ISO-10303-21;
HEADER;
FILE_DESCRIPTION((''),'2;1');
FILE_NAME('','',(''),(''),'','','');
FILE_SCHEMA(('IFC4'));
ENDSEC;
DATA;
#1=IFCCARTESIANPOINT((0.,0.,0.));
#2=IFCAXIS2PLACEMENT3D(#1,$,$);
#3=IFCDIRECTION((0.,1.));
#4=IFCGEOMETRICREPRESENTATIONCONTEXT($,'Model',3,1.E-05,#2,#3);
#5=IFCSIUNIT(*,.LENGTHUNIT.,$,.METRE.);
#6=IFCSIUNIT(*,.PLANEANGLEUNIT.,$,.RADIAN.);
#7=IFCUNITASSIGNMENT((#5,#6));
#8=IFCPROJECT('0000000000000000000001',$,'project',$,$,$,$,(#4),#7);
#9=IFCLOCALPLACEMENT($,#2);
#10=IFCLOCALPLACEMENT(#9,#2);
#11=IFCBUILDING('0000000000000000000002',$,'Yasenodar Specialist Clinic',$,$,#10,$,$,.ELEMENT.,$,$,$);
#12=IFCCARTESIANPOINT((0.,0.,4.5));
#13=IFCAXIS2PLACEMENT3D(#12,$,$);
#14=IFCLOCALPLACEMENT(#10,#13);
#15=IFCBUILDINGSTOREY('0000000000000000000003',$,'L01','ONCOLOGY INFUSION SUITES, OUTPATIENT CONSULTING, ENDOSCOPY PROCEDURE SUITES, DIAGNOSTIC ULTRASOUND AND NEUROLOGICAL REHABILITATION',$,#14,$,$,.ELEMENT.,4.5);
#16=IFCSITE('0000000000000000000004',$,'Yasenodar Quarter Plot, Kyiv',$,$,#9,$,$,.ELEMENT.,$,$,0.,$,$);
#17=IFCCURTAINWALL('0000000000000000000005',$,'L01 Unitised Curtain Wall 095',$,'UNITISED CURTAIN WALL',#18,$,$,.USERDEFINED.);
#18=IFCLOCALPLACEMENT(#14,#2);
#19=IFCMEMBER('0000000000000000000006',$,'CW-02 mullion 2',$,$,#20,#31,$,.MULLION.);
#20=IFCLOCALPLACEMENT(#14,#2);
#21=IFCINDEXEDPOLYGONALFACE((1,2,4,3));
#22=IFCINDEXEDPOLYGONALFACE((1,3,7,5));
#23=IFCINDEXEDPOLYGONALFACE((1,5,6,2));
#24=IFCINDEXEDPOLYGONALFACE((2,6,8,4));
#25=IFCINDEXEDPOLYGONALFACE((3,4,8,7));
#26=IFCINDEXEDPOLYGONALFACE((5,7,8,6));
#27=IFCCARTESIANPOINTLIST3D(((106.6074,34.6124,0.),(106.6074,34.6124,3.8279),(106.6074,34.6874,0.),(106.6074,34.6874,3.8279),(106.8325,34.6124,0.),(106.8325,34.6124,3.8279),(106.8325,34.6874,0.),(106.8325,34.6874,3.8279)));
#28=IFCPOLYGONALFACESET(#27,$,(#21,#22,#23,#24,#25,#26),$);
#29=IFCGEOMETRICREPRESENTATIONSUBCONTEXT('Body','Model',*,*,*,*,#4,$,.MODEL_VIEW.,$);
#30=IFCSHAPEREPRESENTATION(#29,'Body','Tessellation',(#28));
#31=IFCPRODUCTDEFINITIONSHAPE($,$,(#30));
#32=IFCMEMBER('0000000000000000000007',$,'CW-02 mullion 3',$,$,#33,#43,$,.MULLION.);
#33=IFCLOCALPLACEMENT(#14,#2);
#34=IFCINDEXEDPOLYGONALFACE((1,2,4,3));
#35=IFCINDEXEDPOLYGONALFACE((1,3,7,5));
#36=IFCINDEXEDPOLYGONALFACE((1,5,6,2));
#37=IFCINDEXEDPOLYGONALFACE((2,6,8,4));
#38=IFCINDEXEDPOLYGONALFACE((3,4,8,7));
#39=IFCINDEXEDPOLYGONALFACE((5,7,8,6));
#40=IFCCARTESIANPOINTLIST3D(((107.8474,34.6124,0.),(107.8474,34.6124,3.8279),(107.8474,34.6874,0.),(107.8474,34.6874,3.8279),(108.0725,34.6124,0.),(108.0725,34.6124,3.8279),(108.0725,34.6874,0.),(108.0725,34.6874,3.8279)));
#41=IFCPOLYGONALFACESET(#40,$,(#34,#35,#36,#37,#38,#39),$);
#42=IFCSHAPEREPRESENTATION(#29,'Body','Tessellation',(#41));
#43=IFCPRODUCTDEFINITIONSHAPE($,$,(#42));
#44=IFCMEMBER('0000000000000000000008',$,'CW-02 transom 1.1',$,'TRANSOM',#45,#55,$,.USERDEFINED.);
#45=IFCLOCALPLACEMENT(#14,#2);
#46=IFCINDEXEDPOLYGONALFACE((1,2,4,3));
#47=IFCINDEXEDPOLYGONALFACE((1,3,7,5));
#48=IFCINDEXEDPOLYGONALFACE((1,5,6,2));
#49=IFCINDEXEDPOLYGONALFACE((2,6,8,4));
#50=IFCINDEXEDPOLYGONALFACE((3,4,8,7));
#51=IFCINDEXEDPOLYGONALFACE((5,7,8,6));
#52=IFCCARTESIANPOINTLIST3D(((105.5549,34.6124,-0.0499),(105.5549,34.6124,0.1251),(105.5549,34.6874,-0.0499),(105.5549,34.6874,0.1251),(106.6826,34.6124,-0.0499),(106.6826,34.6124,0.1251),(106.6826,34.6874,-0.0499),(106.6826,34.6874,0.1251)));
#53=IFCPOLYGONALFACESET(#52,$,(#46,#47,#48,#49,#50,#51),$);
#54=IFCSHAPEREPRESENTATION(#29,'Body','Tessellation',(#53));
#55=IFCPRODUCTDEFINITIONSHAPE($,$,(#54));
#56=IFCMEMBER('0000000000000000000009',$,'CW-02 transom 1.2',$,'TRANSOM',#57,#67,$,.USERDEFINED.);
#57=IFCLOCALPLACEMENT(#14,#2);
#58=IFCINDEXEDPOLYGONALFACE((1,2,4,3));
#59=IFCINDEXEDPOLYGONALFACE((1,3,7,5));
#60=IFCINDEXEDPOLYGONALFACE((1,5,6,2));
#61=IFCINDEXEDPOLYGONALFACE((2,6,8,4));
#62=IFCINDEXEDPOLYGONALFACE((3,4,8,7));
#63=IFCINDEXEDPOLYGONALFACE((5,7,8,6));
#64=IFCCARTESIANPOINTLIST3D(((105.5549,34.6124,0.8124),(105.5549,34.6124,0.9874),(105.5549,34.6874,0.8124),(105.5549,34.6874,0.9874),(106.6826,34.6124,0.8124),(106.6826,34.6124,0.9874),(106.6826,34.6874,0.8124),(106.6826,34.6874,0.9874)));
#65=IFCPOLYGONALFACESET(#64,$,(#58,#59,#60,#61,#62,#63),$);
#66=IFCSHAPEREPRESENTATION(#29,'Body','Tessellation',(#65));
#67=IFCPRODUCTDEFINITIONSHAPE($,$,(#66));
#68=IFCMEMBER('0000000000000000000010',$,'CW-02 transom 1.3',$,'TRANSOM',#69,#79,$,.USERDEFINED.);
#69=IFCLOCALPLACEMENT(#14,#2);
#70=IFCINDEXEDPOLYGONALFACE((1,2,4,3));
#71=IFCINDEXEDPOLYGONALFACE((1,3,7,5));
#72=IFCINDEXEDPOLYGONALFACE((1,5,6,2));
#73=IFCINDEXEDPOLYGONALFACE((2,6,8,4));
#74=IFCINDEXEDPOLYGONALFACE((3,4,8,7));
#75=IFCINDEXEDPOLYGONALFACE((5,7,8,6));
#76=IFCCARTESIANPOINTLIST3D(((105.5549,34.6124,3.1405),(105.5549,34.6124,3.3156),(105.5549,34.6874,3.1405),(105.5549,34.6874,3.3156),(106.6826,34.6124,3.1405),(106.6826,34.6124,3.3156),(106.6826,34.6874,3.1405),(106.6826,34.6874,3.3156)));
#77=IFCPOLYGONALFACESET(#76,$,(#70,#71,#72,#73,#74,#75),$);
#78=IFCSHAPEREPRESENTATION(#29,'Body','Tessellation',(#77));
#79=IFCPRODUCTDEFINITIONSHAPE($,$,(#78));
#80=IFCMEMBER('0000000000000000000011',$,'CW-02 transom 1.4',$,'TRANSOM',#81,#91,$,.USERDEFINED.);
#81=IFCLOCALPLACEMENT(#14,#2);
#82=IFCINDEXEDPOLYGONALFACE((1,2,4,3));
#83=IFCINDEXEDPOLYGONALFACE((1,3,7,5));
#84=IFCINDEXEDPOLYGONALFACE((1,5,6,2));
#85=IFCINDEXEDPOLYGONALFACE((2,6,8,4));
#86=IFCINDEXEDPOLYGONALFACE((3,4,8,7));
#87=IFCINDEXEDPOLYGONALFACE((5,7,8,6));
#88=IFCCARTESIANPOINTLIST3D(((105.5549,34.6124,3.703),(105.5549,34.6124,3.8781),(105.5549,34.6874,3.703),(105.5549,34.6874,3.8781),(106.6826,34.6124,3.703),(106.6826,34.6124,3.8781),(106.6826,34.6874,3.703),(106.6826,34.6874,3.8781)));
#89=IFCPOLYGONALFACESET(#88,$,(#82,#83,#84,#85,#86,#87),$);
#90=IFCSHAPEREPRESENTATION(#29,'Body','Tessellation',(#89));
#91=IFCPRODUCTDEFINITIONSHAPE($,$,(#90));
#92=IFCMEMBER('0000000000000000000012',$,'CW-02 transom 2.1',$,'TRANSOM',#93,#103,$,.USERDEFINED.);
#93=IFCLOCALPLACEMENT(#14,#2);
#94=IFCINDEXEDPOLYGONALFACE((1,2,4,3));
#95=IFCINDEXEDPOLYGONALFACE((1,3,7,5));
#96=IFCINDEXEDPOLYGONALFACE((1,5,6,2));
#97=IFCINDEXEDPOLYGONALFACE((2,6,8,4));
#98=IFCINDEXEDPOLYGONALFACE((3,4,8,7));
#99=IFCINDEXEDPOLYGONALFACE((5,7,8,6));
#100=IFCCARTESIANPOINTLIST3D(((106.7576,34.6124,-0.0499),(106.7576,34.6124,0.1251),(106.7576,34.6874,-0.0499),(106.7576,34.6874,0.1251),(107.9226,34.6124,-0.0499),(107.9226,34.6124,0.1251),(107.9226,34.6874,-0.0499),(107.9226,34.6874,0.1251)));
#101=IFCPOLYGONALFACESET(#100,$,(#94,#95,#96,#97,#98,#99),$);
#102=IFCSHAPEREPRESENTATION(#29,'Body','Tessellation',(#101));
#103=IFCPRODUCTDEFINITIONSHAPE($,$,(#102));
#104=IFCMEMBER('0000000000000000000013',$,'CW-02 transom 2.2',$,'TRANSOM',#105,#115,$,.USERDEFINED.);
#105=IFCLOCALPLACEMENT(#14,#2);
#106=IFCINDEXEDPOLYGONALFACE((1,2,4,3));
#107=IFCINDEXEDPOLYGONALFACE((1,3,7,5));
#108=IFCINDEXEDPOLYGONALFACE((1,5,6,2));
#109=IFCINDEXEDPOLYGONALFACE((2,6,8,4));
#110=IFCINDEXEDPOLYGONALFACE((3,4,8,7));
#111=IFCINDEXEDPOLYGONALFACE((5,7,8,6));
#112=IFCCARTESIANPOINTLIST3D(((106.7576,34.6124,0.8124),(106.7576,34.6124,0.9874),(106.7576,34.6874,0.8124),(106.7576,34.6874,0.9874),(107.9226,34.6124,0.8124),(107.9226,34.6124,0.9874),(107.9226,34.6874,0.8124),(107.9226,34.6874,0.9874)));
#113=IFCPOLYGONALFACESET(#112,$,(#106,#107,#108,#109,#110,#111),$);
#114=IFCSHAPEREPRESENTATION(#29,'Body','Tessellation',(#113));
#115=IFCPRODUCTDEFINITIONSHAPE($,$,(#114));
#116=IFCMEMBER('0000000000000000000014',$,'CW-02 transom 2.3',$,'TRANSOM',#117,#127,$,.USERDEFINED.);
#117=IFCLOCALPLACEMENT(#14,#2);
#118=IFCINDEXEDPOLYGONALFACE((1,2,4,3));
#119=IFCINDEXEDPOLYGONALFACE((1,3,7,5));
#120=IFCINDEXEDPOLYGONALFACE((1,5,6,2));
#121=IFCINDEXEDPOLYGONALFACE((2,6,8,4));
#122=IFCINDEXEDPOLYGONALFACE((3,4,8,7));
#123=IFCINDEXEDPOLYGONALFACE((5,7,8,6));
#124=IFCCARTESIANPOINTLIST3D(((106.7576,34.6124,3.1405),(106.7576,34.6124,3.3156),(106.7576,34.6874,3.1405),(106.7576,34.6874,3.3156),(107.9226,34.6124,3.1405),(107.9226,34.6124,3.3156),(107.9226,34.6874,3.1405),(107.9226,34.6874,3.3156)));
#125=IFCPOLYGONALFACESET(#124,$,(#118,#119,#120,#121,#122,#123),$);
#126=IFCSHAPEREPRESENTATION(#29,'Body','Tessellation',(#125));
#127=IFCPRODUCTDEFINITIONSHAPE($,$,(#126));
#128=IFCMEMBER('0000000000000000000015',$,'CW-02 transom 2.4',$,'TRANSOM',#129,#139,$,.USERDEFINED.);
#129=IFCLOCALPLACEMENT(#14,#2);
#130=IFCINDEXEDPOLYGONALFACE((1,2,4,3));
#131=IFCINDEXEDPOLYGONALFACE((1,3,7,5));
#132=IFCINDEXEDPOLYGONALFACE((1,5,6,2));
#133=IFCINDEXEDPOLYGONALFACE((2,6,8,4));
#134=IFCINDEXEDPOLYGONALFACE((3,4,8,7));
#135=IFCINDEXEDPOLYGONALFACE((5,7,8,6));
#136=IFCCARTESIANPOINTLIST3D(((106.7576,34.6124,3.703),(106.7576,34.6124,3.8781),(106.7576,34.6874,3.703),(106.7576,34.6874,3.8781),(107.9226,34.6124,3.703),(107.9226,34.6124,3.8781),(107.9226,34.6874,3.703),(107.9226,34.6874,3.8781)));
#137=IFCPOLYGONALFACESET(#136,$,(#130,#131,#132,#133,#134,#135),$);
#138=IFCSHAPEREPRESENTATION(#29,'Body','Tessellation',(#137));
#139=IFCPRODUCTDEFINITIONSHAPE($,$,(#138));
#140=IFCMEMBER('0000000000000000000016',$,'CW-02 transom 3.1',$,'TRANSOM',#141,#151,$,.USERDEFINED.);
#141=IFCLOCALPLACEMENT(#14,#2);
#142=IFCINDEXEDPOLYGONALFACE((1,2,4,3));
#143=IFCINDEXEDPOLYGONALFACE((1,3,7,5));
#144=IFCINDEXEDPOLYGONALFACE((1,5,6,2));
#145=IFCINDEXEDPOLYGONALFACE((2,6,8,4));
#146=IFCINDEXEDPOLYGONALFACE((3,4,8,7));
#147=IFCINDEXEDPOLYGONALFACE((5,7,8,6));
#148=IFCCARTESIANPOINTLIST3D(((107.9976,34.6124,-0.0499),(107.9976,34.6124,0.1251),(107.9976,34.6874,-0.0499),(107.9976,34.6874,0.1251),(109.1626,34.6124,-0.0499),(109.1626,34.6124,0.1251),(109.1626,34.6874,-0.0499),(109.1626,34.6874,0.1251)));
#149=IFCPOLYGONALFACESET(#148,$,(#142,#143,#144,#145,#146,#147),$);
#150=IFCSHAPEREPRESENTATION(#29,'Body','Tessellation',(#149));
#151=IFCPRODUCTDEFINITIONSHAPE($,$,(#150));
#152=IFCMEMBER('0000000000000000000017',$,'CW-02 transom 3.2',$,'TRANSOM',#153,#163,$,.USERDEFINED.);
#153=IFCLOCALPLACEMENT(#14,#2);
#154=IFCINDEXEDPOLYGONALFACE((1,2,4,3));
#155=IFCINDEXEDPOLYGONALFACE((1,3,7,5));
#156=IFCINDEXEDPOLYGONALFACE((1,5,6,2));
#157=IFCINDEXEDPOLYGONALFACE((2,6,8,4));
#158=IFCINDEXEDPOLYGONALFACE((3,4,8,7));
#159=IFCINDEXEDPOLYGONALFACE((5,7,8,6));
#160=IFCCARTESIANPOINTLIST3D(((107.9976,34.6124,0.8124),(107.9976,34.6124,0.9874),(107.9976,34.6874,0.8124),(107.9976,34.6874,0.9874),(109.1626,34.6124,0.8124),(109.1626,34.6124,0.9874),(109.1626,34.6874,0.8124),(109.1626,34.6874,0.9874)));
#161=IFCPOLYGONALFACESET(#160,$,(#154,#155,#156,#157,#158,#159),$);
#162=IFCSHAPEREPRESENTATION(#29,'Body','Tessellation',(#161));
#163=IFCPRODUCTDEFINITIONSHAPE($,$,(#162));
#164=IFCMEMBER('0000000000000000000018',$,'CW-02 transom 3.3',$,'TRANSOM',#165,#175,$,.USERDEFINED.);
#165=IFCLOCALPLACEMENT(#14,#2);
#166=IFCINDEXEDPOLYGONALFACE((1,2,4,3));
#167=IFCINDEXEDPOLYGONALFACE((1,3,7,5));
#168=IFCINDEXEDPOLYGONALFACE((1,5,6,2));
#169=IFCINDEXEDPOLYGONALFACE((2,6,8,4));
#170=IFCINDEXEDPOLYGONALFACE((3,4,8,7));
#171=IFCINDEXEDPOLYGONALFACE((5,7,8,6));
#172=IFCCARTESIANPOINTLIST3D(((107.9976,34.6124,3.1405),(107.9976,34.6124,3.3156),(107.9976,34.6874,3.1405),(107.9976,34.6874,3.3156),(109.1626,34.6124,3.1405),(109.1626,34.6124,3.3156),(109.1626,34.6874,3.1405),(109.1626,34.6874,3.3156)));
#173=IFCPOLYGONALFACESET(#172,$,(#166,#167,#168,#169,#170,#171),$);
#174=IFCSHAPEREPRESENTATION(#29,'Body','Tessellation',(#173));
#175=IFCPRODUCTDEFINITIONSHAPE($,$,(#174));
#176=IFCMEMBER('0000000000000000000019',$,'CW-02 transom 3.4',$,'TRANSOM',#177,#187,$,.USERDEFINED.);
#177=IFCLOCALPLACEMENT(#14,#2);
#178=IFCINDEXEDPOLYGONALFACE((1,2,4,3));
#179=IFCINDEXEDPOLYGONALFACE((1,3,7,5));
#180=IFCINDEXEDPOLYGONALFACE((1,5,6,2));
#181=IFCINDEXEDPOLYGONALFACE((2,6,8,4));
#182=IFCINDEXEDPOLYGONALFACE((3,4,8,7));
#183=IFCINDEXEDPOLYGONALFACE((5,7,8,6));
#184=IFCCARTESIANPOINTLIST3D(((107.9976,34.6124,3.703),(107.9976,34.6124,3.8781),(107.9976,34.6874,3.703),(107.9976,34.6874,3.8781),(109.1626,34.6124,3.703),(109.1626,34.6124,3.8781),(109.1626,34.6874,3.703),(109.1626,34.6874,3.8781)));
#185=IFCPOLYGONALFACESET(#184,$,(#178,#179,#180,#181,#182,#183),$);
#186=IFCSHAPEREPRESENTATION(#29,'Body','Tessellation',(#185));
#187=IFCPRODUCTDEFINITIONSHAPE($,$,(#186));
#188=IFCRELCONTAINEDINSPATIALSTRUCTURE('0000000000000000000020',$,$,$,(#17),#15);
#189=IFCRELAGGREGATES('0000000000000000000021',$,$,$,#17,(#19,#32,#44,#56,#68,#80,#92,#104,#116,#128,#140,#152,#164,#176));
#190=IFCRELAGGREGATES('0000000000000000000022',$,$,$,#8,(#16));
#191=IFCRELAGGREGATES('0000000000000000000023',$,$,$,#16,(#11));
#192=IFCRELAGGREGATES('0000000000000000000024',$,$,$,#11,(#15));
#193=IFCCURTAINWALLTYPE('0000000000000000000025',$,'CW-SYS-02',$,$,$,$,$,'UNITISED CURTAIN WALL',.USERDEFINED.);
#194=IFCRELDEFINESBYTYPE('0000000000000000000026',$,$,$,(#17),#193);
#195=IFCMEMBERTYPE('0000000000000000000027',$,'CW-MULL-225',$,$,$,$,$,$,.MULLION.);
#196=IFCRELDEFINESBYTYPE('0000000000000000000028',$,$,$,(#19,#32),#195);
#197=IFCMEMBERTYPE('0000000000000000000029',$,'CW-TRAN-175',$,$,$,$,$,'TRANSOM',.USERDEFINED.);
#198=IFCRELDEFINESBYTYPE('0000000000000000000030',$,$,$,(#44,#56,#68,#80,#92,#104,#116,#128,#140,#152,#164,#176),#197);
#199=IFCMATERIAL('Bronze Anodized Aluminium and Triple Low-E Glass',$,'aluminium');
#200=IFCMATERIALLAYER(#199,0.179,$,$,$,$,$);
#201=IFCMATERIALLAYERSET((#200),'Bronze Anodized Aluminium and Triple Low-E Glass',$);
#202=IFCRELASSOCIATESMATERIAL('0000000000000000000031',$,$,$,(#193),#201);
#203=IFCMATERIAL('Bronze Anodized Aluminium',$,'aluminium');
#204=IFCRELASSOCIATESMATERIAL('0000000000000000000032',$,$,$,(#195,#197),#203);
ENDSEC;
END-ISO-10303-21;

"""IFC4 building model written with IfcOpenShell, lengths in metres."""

from ifc_helpers import new_model, si_unit, direction, frame, origin, origin_2d, place, context, subcontext, project, spatial, rectangle, extrude, material, layer, layer_set, material_profile, profile_set, type_object, element, aggregate, save


model = new_model("IFC4")

# Units and contexts
model_context = context("Model", 3, precision=1e-05, world=origin(), true_north=direction((0.0, 1.0)))
body_context = subcontext(model_context, "Body", "Model", "MODEL_VIEW")
ifc_project = project(units=[si_unit("LENGTHUNIT", "METRE"), si_unit("PLANEANGLEUNIT", "RADIAN")], contexts=[model_context])

# Site, building, storey
site_placement = place(None, origin())
site = spatial("IfcSite", under=ifc_project, at=site_placement, Name="Yasenodar Quarter Plot, Kyiv", CompositionType="ELEMENT", RefElevation=0.0)
building_placement = place(site_placement, origin())
building = spatial("IfcBuilding", under=site, at=building_placement, Name="Yasenodar Specialist Clinic", CompositionType="ELEMENT")
storey_placement = place(building_placement, frame((0.0, 0.0, 4.5)))
storey = spatial("IfcBuildingStorey", under=building, at=storey_placement, Name="L01", Description="ONCOLOGY INFUSION SUITES, OUTPATIENT CONSULTING, ENDOSCOPY PROCEDURE SUITES, DIAGNOSTIC ULTRASOUND AND NEUROLOGICAL REHABILITATION", CompositionType="ELEMENT", Elevation=4.5)

# Curtain wall, members
ifc_material_1 = material(Name="Bronze Anodized Aluminium and Triple Low-E Glass", Category="aluminium")
ifc_layer_1 = layer(ifc_material_1, 0.179)
ifc_layer_set_1 = layer_set([ifc_layer_1], Name="Bronze Anodized Aluminium and Triple Low-E Glass")
curtain_wall_type = type_object("IfcCurtainWallType", Name="CW-SYS-02", ElementType="UNITISED CURTAIN WALL", PredefinedType="USERDEFINED", material=ifc_layer_set_1)
curtain_wall_placement = place(storey_placement, origin())
curtain_wall = element("IfcCurtainWall", 1, at=curtain_wall_placement, inside=storey, type_object=curtain_wall_type, Name="L01 Unitised Curtain Wall 095", ObjectType="UNITISED CURTAIN WALL", PredefinedType="USERDEFINED")
ifc_material_2 = material(Name="Bronze Anodized Aluminium", Category="aluminium")
ifc_material_profile_1 = material_profile(ifc_material_2, rectangle(XDim=0.075, YDim=0.2251, at=origin_2d()), Name="CW-MULL 75x225")
ifc_profile_set_1 = profile_set([ifc_material_profile_1], Name="Bronze Anodized Aluminium")
member_type_1 = type_object("IfcMemberType", Name="CW-MULL-225", PredefinedType="MULLION", material=ifc_profile_set_1)
member_1_placement = place(storey_placement, frame((106.72, 34.6499, 0.0), z_axis=(0.0, 0.0, 1.0), x_axis=(0.0, 1.0, 0.0)))
member_1 = element("IfcMember", 2, at=member_1_placement, type_object=member_type_1, Name="CW-02 mullion 2", PredefinedType="MULLION", context=body_context, shape_type="SweptSolid", body=[
    extrude(rectangle(XDim=0.075, YDim=0.2251, at=origin_2d()), origin(), (0.0, 0.0, 1.0), 3.8279),
])
member_2_placement = place(storey_placement, frame((107.96, 34.6499, 0.0), z_axis=(0.0, 0.0, 1.0), x_axis=(0.0, 1.0, 0.0)))
member_2 = element("IfcMember", 3, at=member_2_placement, type_object=member_type_1, Name="CW-02 mullion 3", PredefinedType="MULLION", context=body_context, shape_type="SweptSolid", body=[
    extrude(rectangle(XDim=0.075, YDim=0.2251, at=origin_2d()), origin(), (0.0, 0.0, 1.0), 3.8279),
])
ifc_material_profile_2 = material_profile(ifc_material_2, rectangle(XDim=0.075, YDim=0.175, at=origin_2d()), Name="CW-TRAN 75x175")
ifc_profile_set_2 = profile_set([ifc_material_profile_2], Name="Bronze Anodized Aluminium")
member_type_2 = type_object("IfcMemberType", Name="CW-TRAN-175", ElementType="TRANSOM", PredefinedType="USERDEFINED", material=ifc_profile_set_2)
member_3_placement = place(storey_placement, frame((105.5549, 34.6499, 0.0376), z_axis=(1.0, 0.0, 0.0), x_axis=(0.0, 1.0, 0.0)))
member_3 = element("IfcMember", 4, at=member_3_placement, type_object=member_type_2, Name="CW-02 transom 1.1", ObjectType="TRANSOM", PredefinedType="USERDEFINED", context=body_context, shape_type="SweptSolid", body=[
    extrude(rectangle(XDim=0.075, YDim=0.175, at=origin_2d()), origin(), (0.0, 0.0, 1.0), 1.1277),
])
member_4_placement = place(storey_placement, frame((105.5549, 34.6499, 0.8999), z_axis=(1.0, 0.0, 0.0), x_axis=(0.0, 1.0, 0.0)))
member_4 = element("IfcMember", 5, at=member_4_placement, type_object=member_type_2, Name="CW-02 transom 1.2", ObjectType="TRANSOM", PredefinedType="USERDEFINED", context=body_context, shape_type="SweptSolid", body=[
    extrude(rectangle(XDim=0.075, YDim=0.175, at=origin_2d()), origin(), (0.0, 0.0, 1.0), 1.1277),
])
member_5_placement = place(storey_placement, frame((105.5549, 34.6499, 3.228), z_axis=(1.0, 0.0, 0.0), x_axis=(0.0, 1.0, 0.0)))
member_5 = element("IfcMember", 6, at=member_5_placement, type_object=member_type_2, Name="CW-02 transom 1.3", ObjectType="TRANSOM", PredefinedType="USERDEFINED", context=body_context, shape_type="SweptSolid", body=[
    extrude(rectangle(XDim=0.075, YDim=0.175, at=origin_2d()), origin(), (0.0, 0.0, 1.0), 1.1277),
])
member_6_placement = place(storey_placement, frame((105.5549, 34.6499, 3.7905), z_axis=(1.0, 0.0, 0.0), x_axis=(0.0, 1.0, 0.0)))
member_6 = element("IfcMember", 7, at=member_6_placement, type_object=member_type_2, Name="CW-02 transom 1.4", ObjectType="TRANSOM", PredefinedType="USERDEFINED", context=body_context, shape_type="SweptSolid", body=[
    extrude(rectangle(XDim=0.075, YDim=0.175, at=origin_2d()), origin(), (0.0, 0.0, 1.0), 1.1277),
])
member_7_placement = place(storey_placement, frame((106.7576, 34.6499, 0.0376), z_axis=(1.0, 0.0, 0.0), x_axis=(0.0, 1.0, 0.0)))
member_7 = element("IfcMember", 8, at=member_7_placement, type_object=member_type_2, Name="CW-02 transom 2.1", ObjectType="TRANSOM", PredefinedType="USERDEFINED", context=body_context, shape_type="SweptSolid", body=[
    extrude(rectangle(XDim=0.075, YDim=0.175, at=origin_2d()), origin(), (0.0, 0.0, 1.0), 1.165),
])
member_8_placement = place(storey_placement, frame((106.7576, 34.6499, 0.8999), z_axis=(1.0, 0.0, 0.0), x_axis=(0.0, 1.0, 0.0)))
member_8 = element("IfcMember", 9, at=member_8_placement, type_object=member_type_2, Name="CW-02 transom 2.2", ObjectType="TRANSOM", PredefinedType="USERDEFINED", context=body_context, shape_type="SweptSolid", body=[
    extrude(rectangle(XDim=0.075, YDim=0.175, at=origin_2d()), origin(), (0.0, 0.0, 1.0), 1.165),
])
member_9_placement = place(storey_placement, frame((106.7576, 34.6499, 3.228), z_axis=(1.0, 0.0, 0.0), x_axis=(0.0, 1.0, 0.0)))
member_9 = element("IfcMember", 10, at=member_9_placement, type_object=member_type_2, Name="CW-02 transom 2.3", ObjectType="TRANSOM", PredefinedType="USERDEFINED", context=body_context, shape_type="SweptSolid", body=[
    extrude(rectangle(XDim=0.075, YDim=0.175, at=origin_2d()), origin(), (0.0, 0.0, 1.0), 1.165),
])
member_10_placement = place(storey_placement, frame((106.7576, 34.6499, 3.7905), z_axis=(1.0, 0.0, 0.0), x_axis=(0.0, 1.0, 0.0)))
member_10 = element("IfcMember", 11, at=member_10_placement, type_object=member_type_2, Name="CW-02 transom 2.4", ObjectType="TRANSOM", PredefinedType="USERDEFINED", context=body_context, shape_type="SweptSolid", body=[
    extrude(rectangle(XDim=0.075, YDim=0.175, at=origin_2d()), origin(), (0.0, 0.0, 1.0), 1.165),
])
member_11_placement = place(storey_placement, frame((107.9976, 34.6499, 0.0376), z_axis=(1.0, 0.0, 0.0), x_axis=(0.0, 1.0, 0.0)))
member_11 = element("IfcMember", 12, at=member_11_placement, type_object=member_type_2, Name="CW-02 transom 3.1", ObjectType="TRANSOM", PredefinedType="USERDEFINED", context=body_context, shape_type="SweptSolid", body=[
    extrude(rectangle(XDim=0.075, YDim=0.175, at=origin_2d()), origin(), (0.0, 0.0, 1.0), 1.165),
])
member_12_placement = place(storey_placement, frame((107.9976, 34.6499, 0.8999), z_axis=(1.0, 0.0, 0.0), x_axis=(0.0, 1.0, 0.0)))
member_12 = element("IfcMember", 13, at=member_12_placement, type_object=member_type_2, Name="CW-02 transom 3.2", ObjectType="TRANSOM", PredefinedType="USERDEFINED", context=body_context, shape_type="SweptSolid", body=[
    extrude(rectangle(XDim=0.075, YDim=0.175, at=origin_2d()), origin(), (0.0, 0.0, 1.0), 1.165),
])
member_13_placement = place(storey_placement, frame((107.9976, 34.6499, 3.228), z_axis=(1.0, 0.0, 0.0), x_axis=(0.0, 1.0, 0.0)))
member_13 = element("IfcMember", 14, at=member_13_placement, type_object=member_type_2, Name="CW-02 transom 3.3", ObjectType="TRANSOM", PredefinedType="USERDEFINED", context=body_context, shape_type="SweptSolid", body=[
    extrude(rectangle(XDim=0.075, YDim=0.175, at=origin_2d()), origin(), (0.0, 0.0, 1.0), 1.165),
])
member_14_placement = place(storey_placement, frame((107.9976, 34.6499, 3.7905), z_axis=(1.0, 0.0, 0.0), x_axis=(0.0, 1.0, 0.0)))
member_14 = element("IfcMember", 15, at=member_14_placement, type_object=member_type_2, Name="CW-02 transom 3.4", ObjectType="TRANSOM", PredefinedType="USERDEFINED", context=body_context, shape_type="SweptSolid", body=[
    extrude(rectangle(XDim=0.075, YDim=0.175, at=origin_2d()), origin(), (0.0, 0.0, 1.0), 1.165),
])
aggregate(curtain_wall, [member_1, member_2, member_3, member_4, member_5, member_6, member_7, member_8, member_9, member_10, member_11, member_12, member_13, member_14])

save(model, "model.ifc")
